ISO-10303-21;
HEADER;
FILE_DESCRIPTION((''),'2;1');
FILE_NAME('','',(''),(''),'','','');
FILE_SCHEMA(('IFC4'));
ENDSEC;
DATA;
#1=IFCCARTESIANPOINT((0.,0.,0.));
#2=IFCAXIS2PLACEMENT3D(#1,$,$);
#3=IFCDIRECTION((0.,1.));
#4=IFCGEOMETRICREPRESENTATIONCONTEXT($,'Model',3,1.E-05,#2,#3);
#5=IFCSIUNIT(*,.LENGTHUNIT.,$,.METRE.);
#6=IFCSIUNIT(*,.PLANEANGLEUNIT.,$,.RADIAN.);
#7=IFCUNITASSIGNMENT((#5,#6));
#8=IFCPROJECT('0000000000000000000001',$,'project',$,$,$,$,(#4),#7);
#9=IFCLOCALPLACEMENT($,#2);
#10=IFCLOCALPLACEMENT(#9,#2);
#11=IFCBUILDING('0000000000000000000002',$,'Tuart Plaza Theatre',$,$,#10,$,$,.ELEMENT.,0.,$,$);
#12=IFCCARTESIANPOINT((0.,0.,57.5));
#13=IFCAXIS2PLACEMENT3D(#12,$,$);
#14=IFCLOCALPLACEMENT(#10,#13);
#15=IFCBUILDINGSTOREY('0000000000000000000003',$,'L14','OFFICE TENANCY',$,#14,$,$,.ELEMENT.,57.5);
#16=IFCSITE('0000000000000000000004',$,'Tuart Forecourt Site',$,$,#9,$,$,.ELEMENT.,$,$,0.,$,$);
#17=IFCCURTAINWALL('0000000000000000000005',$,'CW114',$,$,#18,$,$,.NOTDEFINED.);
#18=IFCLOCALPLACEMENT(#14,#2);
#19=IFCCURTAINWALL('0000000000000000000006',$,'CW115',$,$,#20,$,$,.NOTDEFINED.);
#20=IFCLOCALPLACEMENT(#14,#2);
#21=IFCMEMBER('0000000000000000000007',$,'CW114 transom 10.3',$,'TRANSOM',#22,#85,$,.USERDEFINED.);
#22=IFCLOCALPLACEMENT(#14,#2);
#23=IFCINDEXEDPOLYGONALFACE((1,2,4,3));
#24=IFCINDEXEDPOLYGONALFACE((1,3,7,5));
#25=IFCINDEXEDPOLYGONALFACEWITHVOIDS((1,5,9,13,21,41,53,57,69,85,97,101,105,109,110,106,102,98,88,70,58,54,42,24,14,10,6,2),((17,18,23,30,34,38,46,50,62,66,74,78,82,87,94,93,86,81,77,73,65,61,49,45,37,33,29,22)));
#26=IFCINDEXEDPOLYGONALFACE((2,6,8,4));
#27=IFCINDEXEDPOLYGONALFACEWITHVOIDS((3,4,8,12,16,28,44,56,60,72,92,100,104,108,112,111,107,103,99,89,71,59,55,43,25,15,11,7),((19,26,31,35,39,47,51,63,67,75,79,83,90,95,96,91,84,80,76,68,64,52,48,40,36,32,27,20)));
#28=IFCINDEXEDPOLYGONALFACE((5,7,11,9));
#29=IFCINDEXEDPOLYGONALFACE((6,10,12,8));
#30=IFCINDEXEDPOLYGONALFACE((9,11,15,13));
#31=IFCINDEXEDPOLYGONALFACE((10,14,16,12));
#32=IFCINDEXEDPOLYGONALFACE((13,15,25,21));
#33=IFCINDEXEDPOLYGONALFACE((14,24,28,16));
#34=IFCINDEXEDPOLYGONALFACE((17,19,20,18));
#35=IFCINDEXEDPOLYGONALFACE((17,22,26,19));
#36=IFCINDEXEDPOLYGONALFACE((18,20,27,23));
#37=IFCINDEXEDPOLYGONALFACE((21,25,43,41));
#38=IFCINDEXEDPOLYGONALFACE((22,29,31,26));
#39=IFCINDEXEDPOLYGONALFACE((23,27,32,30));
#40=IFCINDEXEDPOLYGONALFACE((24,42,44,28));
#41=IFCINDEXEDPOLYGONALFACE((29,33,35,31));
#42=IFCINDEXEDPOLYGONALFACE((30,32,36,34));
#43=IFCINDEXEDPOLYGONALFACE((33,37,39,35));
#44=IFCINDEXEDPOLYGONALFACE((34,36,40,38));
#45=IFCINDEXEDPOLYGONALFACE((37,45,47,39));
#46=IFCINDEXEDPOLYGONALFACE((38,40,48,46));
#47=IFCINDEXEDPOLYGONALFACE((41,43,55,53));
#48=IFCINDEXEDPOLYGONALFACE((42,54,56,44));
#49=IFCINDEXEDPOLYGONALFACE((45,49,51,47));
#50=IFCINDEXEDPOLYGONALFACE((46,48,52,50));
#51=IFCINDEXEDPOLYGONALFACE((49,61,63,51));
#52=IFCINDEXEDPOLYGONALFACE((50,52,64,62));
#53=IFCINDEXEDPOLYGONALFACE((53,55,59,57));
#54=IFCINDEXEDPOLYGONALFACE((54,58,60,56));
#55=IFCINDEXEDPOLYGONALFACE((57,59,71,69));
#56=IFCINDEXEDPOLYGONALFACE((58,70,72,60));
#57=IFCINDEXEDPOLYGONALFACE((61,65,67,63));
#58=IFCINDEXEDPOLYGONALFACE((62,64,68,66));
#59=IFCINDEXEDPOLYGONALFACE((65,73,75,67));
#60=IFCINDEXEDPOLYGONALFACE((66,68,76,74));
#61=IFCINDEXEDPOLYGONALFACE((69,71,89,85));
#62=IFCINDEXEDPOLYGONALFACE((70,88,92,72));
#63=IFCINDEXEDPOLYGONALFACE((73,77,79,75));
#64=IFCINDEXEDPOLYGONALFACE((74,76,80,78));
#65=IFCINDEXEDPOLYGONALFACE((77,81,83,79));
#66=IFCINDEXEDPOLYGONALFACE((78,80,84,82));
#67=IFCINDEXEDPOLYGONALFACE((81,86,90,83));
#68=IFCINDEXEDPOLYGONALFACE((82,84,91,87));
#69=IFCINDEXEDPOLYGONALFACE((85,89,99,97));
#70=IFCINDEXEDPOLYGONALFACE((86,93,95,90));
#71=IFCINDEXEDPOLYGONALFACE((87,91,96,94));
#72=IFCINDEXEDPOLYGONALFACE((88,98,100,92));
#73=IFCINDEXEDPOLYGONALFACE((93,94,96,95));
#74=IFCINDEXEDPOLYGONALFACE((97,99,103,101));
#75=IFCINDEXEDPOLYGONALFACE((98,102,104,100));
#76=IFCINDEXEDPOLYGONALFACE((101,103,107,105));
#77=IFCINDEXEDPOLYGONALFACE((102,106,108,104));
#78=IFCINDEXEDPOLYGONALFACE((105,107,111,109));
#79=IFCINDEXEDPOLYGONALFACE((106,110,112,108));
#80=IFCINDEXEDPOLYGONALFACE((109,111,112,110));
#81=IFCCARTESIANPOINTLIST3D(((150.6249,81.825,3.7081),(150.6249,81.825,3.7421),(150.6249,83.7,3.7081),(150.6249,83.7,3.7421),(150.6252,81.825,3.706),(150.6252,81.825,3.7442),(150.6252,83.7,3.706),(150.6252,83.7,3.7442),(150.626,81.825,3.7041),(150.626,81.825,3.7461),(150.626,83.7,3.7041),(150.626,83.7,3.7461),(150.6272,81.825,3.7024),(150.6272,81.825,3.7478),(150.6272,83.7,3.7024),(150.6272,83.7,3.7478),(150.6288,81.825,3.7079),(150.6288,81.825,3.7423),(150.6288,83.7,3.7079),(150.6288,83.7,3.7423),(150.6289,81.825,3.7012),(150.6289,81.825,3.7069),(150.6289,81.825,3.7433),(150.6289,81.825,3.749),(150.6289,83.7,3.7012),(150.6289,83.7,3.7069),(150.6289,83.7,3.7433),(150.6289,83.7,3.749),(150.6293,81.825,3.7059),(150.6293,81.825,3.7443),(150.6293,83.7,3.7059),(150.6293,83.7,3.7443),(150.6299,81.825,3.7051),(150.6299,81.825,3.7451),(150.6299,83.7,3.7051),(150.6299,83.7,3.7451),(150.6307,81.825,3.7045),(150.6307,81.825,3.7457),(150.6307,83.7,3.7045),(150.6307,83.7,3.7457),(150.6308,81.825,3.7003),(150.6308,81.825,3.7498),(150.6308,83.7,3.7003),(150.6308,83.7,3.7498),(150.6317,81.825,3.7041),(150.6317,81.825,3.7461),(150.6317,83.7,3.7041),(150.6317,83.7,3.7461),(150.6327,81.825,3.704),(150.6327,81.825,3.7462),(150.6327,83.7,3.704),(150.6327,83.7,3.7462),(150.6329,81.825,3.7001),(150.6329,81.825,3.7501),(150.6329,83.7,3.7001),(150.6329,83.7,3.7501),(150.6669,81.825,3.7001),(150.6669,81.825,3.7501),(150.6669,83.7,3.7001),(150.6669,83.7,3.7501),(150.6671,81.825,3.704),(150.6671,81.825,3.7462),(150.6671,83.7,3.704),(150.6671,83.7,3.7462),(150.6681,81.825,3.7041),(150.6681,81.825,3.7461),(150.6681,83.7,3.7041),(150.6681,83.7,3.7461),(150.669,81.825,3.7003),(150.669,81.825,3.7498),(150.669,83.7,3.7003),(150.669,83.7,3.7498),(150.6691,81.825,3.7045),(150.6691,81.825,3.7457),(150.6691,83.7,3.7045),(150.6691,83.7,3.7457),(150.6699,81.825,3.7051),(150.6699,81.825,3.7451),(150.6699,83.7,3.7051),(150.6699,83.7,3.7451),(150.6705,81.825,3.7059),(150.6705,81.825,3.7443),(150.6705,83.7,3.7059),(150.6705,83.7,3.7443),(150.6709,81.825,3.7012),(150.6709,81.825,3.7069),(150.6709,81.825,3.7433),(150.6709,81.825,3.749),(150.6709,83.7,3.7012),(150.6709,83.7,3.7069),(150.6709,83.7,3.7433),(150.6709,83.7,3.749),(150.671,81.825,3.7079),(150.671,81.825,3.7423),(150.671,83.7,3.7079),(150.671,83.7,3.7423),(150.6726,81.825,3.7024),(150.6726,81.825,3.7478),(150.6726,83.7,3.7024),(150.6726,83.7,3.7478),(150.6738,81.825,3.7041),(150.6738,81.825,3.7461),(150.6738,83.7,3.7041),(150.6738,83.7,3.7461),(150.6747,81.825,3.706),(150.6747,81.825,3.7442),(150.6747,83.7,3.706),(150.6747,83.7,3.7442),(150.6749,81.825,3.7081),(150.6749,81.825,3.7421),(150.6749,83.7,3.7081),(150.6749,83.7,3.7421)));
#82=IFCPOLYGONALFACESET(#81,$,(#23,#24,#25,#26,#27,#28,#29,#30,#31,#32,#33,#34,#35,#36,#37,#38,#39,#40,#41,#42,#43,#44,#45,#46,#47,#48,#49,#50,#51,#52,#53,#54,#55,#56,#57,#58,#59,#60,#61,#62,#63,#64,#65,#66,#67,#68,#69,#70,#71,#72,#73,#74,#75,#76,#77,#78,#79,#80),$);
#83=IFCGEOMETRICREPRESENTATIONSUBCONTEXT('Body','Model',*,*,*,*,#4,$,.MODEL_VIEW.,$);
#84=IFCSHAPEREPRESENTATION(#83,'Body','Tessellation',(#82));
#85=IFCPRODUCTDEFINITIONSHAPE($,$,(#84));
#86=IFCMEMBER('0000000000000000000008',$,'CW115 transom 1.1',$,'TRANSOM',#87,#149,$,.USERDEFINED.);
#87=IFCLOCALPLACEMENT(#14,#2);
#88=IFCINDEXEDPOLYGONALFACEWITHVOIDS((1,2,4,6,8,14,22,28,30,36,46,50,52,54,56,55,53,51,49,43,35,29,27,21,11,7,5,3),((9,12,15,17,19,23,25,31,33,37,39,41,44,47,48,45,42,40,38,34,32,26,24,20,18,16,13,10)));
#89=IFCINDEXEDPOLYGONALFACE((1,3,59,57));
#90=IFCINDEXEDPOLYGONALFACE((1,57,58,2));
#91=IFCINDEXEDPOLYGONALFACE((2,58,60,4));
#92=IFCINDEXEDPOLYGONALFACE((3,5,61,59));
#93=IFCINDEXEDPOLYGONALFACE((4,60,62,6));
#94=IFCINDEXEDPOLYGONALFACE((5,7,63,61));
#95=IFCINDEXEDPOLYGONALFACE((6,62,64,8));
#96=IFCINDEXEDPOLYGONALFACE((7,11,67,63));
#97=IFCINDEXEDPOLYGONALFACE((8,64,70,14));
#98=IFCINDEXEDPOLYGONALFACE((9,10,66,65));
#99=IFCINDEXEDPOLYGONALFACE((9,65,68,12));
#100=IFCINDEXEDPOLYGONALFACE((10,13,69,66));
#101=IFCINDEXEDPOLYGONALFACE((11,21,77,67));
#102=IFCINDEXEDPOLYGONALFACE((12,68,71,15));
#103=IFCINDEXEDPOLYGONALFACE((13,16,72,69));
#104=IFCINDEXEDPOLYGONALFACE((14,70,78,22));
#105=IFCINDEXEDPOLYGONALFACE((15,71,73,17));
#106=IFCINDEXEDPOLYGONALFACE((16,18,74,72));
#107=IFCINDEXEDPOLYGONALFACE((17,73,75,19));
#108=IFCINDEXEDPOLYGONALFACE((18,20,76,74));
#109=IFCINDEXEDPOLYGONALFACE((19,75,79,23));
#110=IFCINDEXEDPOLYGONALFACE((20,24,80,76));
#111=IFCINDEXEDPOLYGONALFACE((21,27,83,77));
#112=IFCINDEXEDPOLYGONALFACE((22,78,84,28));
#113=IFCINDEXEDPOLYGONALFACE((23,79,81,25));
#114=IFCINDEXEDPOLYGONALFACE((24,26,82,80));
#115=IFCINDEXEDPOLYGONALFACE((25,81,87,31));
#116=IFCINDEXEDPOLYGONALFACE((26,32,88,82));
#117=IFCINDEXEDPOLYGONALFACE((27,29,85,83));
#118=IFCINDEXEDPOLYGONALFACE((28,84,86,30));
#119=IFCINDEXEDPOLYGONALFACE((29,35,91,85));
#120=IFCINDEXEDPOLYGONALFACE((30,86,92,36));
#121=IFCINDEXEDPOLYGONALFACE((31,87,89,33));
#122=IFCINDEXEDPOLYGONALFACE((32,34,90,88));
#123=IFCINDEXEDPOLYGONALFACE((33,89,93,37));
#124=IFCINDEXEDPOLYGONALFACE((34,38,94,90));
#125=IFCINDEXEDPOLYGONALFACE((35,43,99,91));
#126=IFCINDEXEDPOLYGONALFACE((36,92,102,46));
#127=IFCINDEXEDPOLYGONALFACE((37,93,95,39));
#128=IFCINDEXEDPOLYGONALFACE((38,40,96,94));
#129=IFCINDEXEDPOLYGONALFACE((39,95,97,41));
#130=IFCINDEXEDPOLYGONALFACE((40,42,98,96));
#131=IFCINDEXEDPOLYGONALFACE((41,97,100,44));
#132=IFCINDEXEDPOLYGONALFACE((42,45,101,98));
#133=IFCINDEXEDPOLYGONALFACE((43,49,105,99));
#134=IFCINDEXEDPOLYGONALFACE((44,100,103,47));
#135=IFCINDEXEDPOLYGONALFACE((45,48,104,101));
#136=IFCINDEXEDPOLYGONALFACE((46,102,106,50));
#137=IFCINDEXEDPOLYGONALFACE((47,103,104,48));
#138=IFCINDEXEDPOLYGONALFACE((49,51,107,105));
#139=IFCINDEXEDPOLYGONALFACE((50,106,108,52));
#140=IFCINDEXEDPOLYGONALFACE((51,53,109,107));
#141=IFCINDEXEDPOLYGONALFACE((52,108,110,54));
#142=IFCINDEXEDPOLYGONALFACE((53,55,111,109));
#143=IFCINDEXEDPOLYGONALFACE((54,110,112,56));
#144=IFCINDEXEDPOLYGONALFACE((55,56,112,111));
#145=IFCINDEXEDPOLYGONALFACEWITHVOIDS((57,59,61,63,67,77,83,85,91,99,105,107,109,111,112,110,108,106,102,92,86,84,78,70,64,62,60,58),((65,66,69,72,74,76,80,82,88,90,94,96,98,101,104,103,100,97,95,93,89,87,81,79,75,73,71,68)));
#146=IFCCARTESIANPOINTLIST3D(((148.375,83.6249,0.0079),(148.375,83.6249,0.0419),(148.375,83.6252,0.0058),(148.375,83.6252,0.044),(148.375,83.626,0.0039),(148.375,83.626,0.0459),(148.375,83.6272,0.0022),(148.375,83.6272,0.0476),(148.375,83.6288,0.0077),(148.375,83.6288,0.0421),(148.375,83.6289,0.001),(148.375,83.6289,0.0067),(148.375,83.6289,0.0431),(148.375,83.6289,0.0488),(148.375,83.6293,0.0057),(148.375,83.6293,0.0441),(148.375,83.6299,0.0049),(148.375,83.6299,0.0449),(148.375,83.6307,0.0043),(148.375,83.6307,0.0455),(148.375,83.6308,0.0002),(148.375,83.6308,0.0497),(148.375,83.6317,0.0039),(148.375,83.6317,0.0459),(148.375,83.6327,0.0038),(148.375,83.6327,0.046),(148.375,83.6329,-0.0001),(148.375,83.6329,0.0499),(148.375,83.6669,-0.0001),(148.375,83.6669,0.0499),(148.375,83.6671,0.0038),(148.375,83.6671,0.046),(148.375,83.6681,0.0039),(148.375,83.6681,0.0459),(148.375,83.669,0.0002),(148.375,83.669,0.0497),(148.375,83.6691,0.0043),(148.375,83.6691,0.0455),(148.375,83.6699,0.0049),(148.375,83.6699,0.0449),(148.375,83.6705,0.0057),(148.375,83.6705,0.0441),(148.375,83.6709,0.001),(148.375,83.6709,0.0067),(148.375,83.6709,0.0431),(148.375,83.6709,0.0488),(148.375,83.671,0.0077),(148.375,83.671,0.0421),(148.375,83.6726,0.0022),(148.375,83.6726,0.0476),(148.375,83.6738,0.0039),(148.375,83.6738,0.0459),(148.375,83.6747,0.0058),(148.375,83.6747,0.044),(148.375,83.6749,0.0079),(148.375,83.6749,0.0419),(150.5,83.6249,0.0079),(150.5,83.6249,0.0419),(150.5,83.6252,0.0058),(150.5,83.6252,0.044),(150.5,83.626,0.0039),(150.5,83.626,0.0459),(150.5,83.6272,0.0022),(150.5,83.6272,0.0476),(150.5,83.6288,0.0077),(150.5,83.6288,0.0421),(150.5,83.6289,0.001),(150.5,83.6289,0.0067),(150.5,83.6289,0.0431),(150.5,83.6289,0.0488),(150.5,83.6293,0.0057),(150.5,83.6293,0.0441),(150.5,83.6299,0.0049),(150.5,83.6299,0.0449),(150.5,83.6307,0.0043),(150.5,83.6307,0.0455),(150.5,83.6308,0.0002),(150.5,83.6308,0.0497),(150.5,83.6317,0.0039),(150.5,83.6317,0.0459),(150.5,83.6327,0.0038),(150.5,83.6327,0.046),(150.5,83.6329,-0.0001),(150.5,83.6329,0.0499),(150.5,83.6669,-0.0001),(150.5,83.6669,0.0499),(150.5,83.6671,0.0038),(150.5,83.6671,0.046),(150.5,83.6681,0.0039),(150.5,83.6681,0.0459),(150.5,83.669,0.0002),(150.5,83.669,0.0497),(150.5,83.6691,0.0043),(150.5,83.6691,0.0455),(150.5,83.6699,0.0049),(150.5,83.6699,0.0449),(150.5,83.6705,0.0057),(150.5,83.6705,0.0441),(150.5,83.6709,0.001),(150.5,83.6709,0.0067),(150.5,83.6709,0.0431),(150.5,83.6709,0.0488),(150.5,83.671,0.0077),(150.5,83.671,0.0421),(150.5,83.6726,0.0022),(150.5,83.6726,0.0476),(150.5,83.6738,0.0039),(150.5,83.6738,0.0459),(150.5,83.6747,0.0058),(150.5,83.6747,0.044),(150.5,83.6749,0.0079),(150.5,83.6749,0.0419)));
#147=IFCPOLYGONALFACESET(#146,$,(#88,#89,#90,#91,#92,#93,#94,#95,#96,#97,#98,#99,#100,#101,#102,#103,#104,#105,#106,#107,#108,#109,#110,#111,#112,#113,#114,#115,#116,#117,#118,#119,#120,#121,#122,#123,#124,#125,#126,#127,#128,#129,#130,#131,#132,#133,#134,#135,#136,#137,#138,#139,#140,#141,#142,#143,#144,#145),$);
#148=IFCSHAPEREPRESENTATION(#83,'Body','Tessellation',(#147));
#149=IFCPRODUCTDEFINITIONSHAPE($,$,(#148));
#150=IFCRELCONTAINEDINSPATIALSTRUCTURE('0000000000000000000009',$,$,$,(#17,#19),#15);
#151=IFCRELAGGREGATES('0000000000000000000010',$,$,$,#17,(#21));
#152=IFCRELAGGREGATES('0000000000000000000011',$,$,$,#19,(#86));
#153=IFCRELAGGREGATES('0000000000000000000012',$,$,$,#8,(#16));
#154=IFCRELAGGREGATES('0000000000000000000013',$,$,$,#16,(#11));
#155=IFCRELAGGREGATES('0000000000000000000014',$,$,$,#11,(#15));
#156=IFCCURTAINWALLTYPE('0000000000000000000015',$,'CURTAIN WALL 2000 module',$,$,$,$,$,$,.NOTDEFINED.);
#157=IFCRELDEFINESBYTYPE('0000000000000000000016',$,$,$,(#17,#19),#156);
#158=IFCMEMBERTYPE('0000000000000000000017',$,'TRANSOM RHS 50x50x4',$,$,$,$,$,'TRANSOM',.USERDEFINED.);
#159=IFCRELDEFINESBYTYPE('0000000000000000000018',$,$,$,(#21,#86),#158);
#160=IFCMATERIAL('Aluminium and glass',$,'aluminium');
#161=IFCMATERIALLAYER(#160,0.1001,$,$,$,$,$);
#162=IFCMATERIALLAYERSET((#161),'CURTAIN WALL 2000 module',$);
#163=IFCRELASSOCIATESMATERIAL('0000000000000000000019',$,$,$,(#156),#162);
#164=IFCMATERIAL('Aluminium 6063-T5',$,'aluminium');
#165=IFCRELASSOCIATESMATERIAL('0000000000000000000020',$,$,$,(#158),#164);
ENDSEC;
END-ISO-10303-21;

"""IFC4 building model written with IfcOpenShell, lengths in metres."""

from ifc_helpers import new_model, si_unit, direction, frame, origin, origin_2d, place, context, subcontext, project, spatial, hollow_rectangle, extrude, material, layer, layer_set, material_profile, profile_set, type_object, element, aggregate, save


model = new_model("IFC4")

# Units and contexts
model_context = context("Model", 3, precision=1e-05, world=origin(), true_north=direction((0.0, 1.0)))
body_context = subcontext(model_context, "Body", "Model", "MODEL_VIEW")
ifc_project = project(units=[si_unit("LENGTHUNIT", "METRE"), si_unit("PLANEANGLEUNIT", "RADIAN")], contexts=[model_context])

# Site, building, storey
site_placement = place(None, origin())
site = spatial("IfcSite", under=ifc_project, at=site_placement, Name="Tuart Forecourt Site", CompositionType="ELEMENT", RefElevation=0.0)
building_placement = place(site_placement, origin())
building = spatial("IfcBuilding", under=site, at=building_placement, Name="Tuart Plaza Theatre", CompositionType="ELEMENT", ElevationOfRefHeight=0.0)
storey_placement = place(building_placement, frame((0.0, 0.0, 57.5)))
storey = spatial("IfcBuildingStorey", under=building, at=storey_placement, Name="L14", Description="OFFICE TENANCY", CompositionType="ELEMENT", Elevation=57.5)

# Curtain wall
ifc_material_1 = material(Name="Aluminium and glass", Category="aluminium")
ifc_layer_1 = layer(ifc_material_1, 0.1001)
ifc_layer_set_1 = layer_set([ifc_layer_1], Name="CURTAIN WALL 2000 module")
curtain_wall_type = type_object("IfcCurtainWallType", Name="CURTAIN WALL 2000 module", PredefinedType="NOTDEFINED", material=ifc_layer_set_1)
curtain_wall_1_placement = place(storey_placement, origin())
curtain_wall_1 = element("IfcCurtainWall", 1, at=curtain_wall_1_placement, inside=storey, type_object=curtain_wall_type, Name="CW114", PredefinedType="NOTDEFINED")

# Curtain wall
curtain_wall_2_placement = place(storey_placement, origin())
curtain_wall_2 = element("IfcCurtainWall", 2, at=curtain_wall_2_placement, inside=storey, type_object=curtain_wall_type, Name="CW115", PredefinedType="NOTDEFINED")

# Members
ifc_material_2 = material(Name="Aluminium 6063-T5", Category="aluminium")
ifc_material_profile_1 = material_profile(ifc_material_2, hollow_rectangle(XDim=0.05, YDim=0.05, WallThickness=0.0039, InnerFilletRadius=0.0039, OuterFilletRadius=0.0081, at=origin_2d()), Name="RHS 50x50x4")
ifc_profile_set_1 = profile_set([ifc_material_profile_1], Name="Aluminium 6063-T5")
member_type_1 = type_object("IfcMemberType", Name="TRANSOM RHS 50x50x4", ElementType="TRANSOM", PredefinedType="USERDEFINED", material=ifc_profile_set_1)
member_1_placement = place(storey_placement, frame((150.6499, 81.825, 3.7251), z_axis=(0.0, 1.0, 0.0), x_axis=(-1.0, 0.0, 0.0)))
member_1 = element("IfcMember", 3, at=member_1_placement, type_object=member_type_1, Name="CW114 transom 10.3", ObjectType="TRANSOM", PredefinedType="USERDEFINED", context=body_context, shape_type="SweptSolid", body=[
    extrude(hollow_rectangle(XDim=0.05, YDim=0.05, WallThickness=0.0039, InnerFilletRadius=0.0039, OuterFilletRadius=0.0081, at=origin_2d()), origin(), (0.0, 0.0, 1.0), 1.875),
])
member_2_placement = place(storey_placement, frame((150.5, 83.6499, 0.0249), z_axis=(-1.0, 0.0, 0.0), x_axis=(0.0, -1.0, 0.0)))
member_2 = element("IfcMember", 4, at=member_2_placement, type_object=member_type_1, Name="CW115 transom 1.1", ObjectType="TRANSOM", PredefinedType="USERDEFINED", context=body_context, shape_type="SweptSolid", body=[
    extrude(hollow_rectangle(XDim=0.05, YDim=0.05, WallThickness=0.0039, InnerFilletRadius=0.0039, OuterFilletRadius=0.0081, at=origin_2d()), origin(), (0.0, 0.0, 1.0), 2.125),
])

aggregate(curtain_wall_1, [member_1])
aggregate(curtain_wall_2, [member_2])

save(model, "model.ifc")
